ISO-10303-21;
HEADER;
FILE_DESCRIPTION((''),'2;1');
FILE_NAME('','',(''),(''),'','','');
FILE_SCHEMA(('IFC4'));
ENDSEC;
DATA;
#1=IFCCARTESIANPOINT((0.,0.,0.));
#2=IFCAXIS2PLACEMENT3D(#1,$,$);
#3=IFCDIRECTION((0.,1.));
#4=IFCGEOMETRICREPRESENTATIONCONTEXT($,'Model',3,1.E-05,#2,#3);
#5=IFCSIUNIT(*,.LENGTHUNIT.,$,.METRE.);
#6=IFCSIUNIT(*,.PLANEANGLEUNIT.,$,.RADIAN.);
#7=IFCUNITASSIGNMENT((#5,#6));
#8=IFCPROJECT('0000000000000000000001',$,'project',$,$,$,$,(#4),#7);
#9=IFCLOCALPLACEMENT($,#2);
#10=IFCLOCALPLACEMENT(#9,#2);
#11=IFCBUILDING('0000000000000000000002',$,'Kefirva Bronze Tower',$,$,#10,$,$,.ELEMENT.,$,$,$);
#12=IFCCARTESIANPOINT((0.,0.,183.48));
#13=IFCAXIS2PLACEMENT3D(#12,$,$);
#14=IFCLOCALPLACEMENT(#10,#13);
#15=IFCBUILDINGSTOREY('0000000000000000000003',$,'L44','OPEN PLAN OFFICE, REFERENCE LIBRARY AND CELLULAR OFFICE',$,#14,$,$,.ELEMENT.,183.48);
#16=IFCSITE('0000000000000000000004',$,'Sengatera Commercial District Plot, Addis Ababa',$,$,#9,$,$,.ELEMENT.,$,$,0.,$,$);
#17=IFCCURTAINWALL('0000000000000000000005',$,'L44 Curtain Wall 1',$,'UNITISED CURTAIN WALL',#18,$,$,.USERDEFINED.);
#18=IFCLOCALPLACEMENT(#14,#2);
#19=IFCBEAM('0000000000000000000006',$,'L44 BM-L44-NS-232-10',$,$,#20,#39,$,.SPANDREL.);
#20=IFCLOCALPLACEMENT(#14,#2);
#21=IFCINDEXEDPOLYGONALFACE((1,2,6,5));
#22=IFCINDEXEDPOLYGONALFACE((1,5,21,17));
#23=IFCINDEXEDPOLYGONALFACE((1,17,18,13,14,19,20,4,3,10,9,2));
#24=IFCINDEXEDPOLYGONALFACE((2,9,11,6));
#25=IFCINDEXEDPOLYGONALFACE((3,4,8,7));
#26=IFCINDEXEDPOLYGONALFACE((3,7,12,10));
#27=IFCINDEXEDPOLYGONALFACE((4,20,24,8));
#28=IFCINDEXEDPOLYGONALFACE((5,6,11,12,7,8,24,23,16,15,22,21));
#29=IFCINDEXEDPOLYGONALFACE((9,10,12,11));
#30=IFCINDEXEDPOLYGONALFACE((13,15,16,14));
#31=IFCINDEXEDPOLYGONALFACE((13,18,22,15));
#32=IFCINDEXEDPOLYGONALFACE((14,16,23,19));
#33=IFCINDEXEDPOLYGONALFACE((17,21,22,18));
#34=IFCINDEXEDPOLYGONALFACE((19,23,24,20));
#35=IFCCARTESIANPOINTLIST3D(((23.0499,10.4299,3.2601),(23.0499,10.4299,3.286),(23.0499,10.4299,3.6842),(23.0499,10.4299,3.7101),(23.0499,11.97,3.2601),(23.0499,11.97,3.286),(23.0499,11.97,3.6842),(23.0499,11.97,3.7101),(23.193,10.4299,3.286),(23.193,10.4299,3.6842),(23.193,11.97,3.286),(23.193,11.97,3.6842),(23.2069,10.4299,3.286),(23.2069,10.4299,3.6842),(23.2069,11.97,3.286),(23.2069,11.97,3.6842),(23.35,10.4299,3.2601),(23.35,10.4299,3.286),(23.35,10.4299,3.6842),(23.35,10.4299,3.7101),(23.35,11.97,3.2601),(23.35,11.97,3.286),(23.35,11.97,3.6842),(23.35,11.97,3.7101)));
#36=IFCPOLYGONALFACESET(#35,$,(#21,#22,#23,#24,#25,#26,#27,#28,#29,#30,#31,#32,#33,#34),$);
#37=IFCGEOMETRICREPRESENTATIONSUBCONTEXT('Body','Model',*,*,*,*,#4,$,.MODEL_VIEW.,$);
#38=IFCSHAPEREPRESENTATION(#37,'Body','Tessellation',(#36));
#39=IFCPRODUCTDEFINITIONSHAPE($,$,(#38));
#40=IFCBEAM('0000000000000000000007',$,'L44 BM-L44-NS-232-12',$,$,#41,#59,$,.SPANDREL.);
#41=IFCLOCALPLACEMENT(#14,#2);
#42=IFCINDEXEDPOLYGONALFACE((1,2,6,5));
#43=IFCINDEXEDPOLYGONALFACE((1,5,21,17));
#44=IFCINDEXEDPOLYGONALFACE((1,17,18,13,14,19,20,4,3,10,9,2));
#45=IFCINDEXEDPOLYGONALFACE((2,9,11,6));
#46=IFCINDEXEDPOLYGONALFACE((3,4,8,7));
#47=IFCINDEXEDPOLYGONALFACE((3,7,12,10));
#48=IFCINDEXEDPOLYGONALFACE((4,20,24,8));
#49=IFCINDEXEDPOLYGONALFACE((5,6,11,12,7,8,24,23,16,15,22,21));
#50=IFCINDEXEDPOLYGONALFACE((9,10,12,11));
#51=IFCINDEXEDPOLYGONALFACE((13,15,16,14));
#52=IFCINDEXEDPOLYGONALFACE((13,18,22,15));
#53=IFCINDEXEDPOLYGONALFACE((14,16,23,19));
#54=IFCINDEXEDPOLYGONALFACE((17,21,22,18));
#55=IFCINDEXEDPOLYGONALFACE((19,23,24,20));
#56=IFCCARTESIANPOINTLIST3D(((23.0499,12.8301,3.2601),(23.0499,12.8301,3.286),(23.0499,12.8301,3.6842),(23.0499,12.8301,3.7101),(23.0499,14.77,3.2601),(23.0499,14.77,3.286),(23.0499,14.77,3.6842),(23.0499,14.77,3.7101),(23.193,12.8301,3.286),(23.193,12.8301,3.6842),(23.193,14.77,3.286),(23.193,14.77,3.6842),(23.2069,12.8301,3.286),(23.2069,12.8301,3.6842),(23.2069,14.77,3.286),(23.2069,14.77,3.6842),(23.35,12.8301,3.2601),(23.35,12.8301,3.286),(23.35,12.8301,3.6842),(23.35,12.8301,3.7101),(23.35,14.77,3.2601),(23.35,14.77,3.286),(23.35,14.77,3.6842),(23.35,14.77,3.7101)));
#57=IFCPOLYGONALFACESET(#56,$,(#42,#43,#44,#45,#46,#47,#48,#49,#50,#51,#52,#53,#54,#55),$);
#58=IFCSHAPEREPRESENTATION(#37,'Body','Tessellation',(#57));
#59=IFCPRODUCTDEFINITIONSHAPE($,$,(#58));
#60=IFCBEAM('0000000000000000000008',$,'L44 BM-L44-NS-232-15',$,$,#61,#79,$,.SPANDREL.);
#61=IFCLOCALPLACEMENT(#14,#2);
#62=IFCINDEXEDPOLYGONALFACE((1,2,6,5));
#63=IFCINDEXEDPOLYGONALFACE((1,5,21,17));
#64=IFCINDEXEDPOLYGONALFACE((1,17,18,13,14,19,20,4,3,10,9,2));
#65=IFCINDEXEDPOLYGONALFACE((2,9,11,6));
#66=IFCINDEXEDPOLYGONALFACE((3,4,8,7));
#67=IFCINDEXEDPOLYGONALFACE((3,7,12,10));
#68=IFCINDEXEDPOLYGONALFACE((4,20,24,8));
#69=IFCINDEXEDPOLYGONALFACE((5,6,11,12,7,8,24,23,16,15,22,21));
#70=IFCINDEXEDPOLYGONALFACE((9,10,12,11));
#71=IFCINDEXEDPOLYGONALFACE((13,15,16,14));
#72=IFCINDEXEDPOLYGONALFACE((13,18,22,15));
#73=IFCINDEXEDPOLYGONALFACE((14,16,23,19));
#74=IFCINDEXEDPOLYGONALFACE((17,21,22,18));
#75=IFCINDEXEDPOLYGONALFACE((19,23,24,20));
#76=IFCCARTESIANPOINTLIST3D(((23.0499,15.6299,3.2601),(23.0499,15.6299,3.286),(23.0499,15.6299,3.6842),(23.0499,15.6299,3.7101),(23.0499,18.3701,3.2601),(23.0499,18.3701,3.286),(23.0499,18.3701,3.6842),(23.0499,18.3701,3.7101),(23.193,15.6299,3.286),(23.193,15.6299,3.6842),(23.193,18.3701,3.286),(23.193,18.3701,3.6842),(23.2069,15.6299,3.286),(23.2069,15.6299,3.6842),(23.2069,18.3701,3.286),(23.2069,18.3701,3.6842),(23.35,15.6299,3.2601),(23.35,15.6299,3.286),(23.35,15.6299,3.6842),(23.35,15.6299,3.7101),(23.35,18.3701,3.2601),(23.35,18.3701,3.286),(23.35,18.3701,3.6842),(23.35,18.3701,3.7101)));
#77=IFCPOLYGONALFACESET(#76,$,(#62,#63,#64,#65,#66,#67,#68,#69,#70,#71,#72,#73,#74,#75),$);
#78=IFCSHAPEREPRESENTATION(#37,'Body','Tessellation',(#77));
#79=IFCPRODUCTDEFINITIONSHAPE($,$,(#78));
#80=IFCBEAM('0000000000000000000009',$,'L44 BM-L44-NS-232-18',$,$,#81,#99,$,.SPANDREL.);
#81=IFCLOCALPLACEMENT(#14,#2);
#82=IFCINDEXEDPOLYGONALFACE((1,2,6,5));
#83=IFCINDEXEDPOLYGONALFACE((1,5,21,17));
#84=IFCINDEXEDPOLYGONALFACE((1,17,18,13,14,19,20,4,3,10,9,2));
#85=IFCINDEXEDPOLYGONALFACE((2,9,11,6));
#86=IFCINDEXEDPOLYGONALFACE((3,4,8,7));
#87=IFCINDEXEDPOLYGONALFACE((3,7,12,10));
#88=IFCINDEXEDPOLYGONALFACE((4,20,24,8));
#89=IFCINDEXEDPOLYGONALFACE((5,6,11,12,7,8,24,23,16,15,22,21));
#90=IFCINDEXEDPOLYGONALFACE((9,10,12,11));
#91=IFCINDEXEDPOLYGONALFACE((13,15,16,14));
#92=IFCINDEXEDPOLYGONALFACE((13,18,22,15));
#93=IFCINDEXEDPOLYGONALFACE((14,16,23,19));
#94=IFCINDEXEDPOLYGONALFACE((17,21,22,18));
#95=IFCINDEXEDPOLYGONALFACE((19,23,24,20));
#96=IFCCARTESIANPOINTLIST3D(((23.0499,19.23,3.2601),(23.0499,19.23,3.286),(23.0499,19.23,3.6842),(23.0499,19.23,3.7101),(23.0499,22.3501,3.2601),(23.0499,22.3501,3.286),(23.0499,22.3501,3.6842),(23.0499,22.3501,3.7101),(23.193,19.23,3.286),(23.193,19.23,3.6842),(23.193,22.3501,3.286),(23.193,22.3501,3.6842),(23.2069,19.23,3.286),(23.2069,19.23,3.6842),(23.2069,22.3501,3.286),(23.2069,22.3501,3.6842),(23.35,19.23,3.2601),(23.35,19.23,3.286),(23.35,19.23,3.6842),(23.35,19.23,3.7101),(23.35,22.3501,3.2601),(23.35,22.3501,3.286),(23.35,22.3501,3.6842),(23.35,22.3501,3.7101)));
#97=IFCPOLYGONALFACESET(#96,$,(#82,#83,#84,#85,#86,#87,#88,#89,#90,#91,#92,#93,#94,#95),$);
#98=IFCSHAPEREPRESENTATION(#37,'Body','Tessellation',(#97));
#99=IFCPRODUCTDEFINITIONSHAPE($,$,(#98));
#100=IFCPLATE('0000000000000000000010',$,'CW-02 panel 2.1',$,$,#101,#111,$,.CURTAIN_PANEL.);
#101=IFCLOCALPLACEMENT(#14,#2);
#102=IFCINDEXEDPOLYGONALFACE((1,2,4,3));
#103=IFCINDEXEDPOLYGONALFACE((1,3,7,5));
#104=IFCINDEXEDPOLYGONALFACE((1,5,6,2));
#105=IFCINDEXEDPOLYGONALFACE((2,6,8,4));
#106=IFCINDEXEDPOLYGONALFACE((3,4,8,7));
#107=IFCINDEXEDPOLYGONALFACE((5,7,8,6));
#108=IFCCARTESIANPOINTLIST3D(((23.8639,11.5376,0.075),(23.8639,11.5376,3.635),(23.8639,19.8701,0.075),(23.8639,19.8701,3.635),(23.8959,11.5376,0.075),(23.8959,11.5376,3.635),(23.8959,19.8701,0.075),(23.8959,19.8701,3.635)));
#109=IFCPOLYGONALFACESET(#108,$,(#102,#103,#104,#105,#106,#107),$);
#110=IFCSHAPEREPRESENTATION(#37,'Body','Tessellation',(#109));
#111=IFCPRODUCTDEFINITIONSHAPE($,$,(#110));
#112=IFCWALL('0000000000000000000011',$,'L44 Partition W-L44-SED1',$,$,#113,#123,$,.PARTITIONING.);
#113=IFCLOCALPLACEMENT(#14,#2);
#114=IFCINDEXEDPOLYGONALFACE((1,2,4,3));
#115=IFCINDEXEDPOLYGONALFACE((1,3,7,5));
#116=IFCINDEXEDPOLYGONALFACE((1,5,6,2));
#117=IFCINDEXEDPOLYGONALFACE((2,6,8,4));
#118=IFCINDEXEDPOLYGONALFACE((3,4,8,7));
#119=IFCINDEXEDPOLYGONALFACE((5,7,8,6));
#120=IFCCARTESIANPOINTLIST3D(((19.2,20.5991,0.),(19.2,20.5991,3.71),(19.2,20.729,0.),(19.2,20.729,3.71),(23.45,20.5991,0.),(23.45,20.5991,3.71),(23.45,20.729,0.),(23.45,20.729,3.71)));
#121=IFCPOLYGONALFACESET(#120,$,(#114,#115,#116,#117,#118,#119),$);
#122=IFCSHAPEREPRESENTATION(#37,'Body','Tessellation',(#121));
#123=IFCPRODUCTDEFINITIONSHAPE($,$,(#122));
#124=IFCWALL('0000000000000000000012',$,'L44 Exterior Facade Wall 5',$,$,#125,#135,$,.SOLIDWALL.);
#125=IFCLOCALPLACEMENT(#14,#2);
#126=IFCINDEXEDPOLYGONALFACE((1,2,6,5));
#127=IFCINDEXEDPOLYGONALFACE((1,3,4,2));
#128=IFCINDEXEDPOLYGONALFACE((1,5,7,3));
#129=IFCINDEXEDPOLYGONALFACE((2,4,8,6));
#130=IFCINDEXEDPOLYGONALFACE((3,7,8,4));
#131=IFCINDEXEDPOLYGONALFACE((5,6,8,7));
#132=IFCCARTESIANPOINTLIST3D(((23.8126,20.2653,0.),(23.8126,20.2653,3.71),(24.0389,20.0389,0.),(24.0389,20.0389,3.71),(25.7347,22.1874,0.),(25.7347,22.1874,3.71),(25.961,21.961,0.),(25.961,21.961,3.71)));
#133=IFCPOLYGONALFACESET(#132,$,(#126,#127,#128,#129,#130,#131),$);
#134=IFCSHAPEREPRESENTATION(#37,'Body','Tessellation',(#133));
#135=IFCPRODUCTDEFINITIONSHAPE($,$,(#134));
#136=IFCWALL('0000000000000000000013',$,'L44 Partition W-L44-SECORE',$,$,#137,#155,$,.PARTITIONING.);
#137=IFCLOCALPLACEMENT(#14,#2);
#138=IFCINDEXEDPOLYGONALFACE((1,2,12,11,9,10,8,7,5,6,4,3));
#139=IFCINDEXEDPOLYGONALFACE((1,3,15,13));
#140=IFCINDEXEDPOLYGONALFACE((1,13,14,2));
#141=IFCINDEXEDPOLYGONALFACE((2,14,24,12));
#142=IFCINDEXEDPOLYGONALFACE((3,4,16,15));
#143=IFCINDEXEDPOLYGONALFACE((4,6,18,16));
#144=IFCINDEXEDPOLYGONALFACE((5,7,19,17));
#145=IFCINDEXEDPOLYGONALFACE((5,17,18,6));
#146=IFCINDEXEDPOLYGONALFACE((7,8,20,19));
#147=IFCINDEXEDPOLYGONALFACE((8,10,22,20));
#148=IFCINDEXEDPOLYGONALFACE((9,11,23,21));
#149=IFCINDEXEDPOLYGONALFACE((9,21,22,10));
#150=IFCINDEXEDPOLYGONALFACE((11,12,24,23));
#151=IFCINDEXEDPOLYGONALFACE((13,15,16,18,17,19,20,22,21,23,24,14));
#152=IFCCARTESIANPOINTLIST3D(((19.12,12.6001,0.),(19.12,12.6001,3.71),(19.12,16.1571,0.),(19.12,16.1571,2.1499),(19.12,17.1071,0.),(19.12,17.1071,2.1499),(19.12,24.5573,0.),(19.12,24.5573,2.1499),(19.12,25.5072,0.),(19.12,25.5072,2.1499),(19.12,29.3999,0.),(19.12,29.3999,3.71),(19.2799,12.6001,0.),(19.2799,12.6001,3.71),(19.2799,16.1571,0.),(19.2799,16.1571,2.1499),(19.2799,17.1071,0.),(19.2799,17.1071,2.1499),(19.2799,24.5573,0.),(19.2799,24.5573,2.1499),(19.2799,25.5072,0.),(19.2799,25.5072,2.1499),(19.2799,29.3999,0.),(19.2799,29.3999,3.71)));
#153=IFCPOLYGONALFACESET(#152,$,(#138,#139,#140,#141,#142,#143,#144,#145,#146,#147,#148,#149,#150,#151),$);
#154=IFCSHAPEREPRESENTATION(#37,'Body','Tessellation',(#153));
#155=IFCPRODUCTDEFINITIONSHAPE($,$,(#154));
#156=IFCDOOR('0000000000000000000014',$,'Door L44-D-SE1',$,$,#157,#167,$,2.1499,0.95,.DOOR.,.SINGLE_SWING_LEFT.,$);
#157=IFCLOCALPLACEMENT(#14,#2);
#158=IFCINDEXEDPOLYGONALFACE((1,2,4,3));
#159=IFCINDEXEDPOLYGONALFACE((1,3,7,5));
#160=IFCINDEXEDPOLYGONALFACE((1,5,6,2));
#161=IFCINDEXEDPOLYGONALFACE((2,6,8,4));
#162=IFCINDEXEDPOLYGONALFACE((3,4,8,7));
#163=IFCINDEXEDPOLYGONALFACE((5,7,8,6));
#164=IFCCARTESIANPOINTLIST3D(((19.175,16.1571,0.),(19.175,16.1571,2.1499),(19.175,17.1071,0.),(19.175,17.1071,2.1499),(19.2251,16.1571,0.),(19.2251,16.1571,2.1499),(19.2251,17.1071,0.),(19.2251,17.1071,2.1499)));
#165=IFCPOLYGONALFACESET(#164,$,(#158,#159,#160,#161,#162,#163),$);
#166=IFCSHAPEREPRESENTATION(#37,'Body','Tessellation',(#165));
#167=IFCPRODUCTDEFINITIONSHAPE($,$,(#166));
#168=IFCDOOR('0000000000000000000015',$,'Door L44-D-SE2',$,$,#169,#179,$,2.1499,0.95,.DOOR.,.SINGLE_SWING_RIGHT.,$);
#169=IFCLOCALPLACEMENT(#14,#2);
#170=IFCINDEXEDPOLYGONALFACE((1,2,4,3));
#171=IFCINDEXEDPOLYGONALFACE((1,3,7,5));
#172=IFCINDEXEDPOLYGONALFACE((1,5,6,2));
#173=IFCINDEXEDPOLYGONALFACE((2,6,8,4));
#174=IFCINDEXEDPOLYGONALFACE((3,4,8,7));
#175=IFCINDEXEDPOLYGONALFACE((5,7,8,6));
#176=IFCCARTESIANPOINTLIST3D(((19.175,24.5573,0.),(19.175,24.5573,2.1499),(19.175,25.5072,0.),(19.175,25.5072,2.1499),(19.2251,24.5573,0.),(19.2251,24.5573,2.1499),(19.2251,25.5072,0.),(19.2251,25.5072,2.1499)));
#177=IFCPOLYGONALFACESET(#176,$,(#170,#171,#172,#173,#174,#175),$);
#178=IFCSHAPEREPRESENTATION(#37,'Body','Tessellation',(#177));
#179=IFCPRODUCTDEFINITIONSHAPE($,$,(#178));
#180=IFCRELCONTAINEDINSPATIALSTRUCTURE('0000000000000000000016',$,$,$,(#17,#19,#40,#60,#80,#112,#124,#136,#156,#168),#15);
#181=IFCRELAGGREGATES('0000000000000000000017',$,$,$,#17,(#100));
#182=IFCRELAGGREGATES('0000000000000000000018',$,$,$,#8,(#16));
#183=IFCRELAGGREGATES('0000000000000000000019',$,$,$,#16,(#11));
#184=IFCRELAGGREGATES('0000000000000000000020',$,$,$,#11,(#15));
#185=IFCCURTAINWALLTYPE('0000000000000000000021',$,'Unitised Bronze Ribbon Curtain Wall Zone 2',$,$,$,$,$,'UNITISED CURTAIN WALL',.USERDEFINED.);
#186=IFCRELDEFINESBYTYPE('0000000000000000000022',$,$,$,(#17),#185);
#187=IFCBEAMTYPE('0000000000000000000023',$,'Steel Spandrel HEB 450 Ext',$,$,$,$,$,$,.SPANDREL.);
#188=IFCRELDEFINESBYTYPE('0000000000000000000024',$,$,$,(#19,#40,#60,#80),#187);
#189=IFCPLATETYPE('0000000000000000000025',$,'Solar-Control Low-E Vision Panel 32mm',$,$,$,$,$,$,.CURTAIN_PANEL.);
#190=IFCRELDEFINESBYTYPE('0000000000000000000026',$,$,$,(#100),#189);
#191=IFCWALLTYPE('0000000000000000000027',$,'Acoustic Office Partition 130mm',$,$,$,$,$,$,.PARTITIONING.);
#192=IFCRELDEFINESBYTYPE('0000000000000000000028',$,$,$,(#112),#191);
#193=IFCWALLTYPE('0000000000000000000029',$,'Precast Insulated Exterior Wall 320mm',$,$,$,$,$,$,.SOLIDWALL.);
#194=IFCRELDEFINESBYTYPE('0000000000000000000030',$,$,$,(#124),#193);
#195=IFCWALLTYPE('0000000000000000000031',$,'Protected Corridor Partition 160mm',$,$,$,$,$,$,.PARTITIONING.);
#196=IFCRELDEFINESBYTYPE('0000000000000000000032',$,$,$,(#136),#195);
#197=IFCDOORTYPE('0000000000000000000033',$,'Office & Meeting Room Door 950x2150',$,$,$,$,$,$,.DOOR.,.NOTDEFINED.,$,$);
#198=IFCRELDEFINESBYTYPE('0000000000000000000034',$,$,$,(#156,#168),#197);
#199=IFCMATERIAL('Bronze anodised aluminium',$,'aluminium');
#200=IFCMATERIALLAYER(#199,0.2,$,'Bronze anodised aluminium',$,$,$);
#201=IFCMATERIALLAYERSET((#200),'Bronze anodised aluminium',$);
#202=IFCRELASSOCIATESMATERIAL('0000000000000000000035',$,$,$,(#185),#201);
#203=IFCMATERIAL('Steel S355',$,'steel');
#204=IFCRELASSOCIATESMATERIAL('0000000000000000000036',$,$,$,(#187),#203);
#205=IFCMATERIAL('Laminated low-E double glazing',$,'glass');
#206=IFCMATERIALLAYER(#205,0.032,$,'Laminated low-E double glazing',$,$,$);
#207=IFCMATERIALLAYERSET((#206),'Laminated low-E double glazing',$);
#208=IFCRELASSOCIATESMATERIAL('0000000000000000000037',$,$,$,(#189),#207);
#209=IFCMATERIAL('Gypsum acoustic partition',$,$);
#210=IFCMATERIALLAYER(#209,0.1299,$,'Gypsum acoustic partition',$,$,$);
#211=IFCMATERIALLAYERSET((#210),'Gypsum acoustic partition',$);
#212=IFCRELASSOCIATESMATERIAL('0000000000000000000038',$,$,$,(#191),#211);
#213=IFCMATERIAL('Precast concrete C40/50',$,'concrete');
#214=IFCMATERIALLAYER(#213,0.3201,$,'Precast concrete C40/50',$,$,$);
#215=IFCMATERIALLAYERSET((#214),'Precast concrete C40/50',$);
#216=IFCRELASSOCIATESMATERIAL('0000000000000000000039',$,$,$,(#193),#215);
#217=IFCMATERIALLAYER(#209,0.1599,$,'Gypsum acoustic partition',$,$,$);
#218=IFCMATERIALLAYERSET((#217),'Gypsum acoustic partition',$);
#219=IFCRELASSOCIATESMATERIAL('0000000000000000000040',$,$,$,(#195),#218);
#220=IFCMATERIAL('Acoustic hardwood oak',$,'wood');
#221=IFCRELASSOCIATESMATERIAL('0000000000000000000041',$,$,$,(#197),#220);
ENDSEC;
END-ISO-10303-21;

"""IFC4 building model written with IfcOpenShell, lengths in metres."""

from ifc_helpers import new_model, si_unit, direction, frame, frame_2d, origin, origin_2d, place, context, subcontext, project, spatial, rectangle, i_section, extrude, material, layer, layer_set, material_profile, profile_set, type_object, element, fill, aggregate, save


model = new_model("IFC4")

# Units and contexts
model_context = context("Model", 3, precision=1e-05, world=origin(), true_north=direction((0.0, 1.0)))
body_context = subcontext(model_context, "Body", "Model", "MODEL_VIEW")
ifc_project = project(units=[si_unit("LENGTHUNIT", "METRE"), si_unit("PLANEANGLEUNIT", "RADIAN")], contexts=[model_context])

# Site, building, storey
site_placement = place(None, origin())
site = spatial("IfcSite", under=ifc_project, at=site_placement, Name="Sengatera Commercial District Plot, Addis Ababa", CompositionType="ELEMENT", RefElevation=0.0)
building_placement = place(site_placement, origin())
building = spatial("IfcBuilding", under=site, at=building_placement, Name="Kefirva Bronze Tower", CompositionType="ELEMENT")
storey_placement = place(building_placement, frame((0.0, 0.0, 183.48)))
storey = spatial("IfcBuildingStorey", under=building, at=storey_placement, Name="L44", Description="OPEN PLAN OFFICE, REFERENCE LIBRARY AND CELLULAR OFFICE", CompositionType="ELEMENT", Elevation=183.48)

# Curtain wall
ifc_material_1 = material(Name="Bronze anodised aluminium", Category="aluminium")
ifc_layer_1 = layer(ifc_material_1, 0.2, Name="Bronze anodised aluminium")
ifc_layer_set_1 = layer_set([ifc_layer_1], Name="Bronze anodised aluminium")
curtain_wall_type = type_object("IfcCurtainWallType", Name="Unitised Bronze Ribbon Curtain Wall Zone 2", ElementType="UNITISED CURTAIN WALL", PredefinedType="USERDEFINED", material=ifc_layer_set_1)
curtain_wall_placement = place(storey_placement, origin())
curtain_wall = element("IfcCurtainWall", 1, at=curtain_wall_placement, inside=storey, type_object=curtain_wall_type, Name="L44 Curtain Wall 1", ObjectType="UNITISED CURTAIN WALL", PredefinedType="USERDEFINED")

# Beams
ifc_material_2 = material(Name="Steel S355", Category="steel")
ifc_material_profile_1 = material_profile(ifc_material_2, i_section(OverallWidth=0.3, OverallDepth=0.45, WebThickness=0.0139, FlangeThickness=0.0259, at=origin_2d()), Name="HEB 450")
ifc_profile_set_1 = profile_set([ifc_material_profile_1], Name="Steel S355")
beam_type_1 = type_object("IfcBeamType", Name="Steel Spandrel HEB 450 Ext", PredefinedType="SPANDREL", material=ifc_profile_set_1)
beam_1_placement = place(storey_placement, frame((23.2, 10.4299, 3.4851), z_axis=(0.0, 1.0, 0.0), x_axis=(-1.0, 0.0, 0.0)))
element("IfcBeam", 2, at=beam_1_placement, inside=storey, type_object=beam_type_1, Name="L44 BM-L44-NS-232-10", PredefinedType="SPANDREL", context=body_context, shape_type="SweptSolid", body=[
    extrude(i_section(OverallWidth=0.3, OverallDepth=0.45, WebThickness=0.0139, FlangeThickness=0.0259, at=origin_2d()), origin(), (0.0, 0.0, 1.0), 1.54),
])
beam_2_placement = place(storey_placement, frame((23.2, 12.8301, 3.4851), z_axis=(0.0, 1.0, 0.0), x_axis=(-1.0, 0.0, 0.0)))
element("IfcBeam", 3, at=beam_2_placement, inside=storey, type_object=beam_type_1, Name="L44 BM-L44-NS-232-12", PredefinedType="SPANDREL", context=body_context, shape_type="SweptSolid", body=[
    extrude(i_section(OverallWidth=0.3, OverallDepth=0.45, WebThickness=0.0139, FlangeThickness=0.0259, at=origin_2d()), origin(), (0.0, 0.0, 1.0), 1.9399),
])
beam_3_placement = place(storey_placement, frame((23.2, 15.6299, 3.4851), z_axis=(0.0, 1.0, 0.0), x_axis=(-1.0, 0.0, 0.0)))
element("IfcBeam", 4, at=beam_3_placement, inside=storey, type_object=beam_type_1, Name="L44 BM-L44-NS-232-15", PredefinedType="SPANDREL", context=body_context, shape_type="SweptSolid", body=[
    extrude(i_section(OverallWidth=0.3, OverallDepth=0.45, WebThickness=0.0139, FlangeThickness=0.0259, at=origin_2d()), origin(), (0.0, 0.0, 1.0), 2.7402),
])
beam_4_placement = place(storey_placement, frame((23.2, 19.23, 3.4851), z_axis=(0.0, 1.0, 0.0), x_axis=(-1.0, 0.0, 0.0)))
element("IfcBeam", 5, at=beam_4_placement, inside=storey, type_object=beam_type_1, Name="L44 BM-L44-NS-232-18", PredefinedType="SPANDREL", context=body_context, shape_type="SweptSolid", body=[
    extrude(i_section(OverallWidth=0.3, OverallDepth=0.45, WebThickness=0.0139, FlangeThickness=0.0259, at=origin_2d()), origin(), (0.0, 0.0, 1.0), 3.1201),
])

# Plate
ifc_material_3 = material(Name="Laminated low-E double glazing", Category="glass")
ifc_layer_2 = layer(ifc_material_3, 0.032, Name="Laminated low-E double glazing")
ifc_layer_set_2 = layer_set([ifc_layer_2], Name="Laminated low-E double glazing")
plate_type = type_object("IfcPlateType", Name="Solar-Control Low-E Vision Panel 32mm", PredefinedType="CURTAIN_PANEL", material=ifc_layer_set_2)
plate_placement = place(storey_placement, frame((23.8799, 15.7039, 0.075), z_axis=(0.0, 0.0, 1.0), x_axis=(0.0, 1.0, 0.0)))
plate = element("IfcPlate", 6, at=plate_placement, type_object=plate_type, Name="CW-02 panel 2.1", PredefinedType="CURTAIN_PANEL", context=body_context, shape_type="SweptSolid", body=[
    extrude(rectangle(XDim=8.3325, YDim=0.032, at=origin_2d()), origin(), (0.0, 0.0, 1.0), 3.5601),
])
aggregate(curtain_wall, [plate])

# Walls
ifc_material_4 = material(Name="Gypsum acoustic partition")
ifc_layer_3 = layer(ifc_material_4, 0.1299, Name="Gypsum acoustic partition")
ifc_layer_set_3 = layer_set([ifc_layer_3], Name="Gypsum acoustic partition")
wall_type_1 = type_object("IfcWallType", Name="Acoustic Office Partition 130mm", PredefinedType="PARTITIONING", material=ifc_layer_set_3)
wall_1_placement = place(storey_placement, frame((19.2, 20.6641, 0.0), z_axis=(0.0, 0.0, 1.0), x_axis=(1.0, 0.0, 0.0)))
element("IfcWall", 7, at=wall_1_placement, inside=storey, type_object=wall_type_1, Name="L44 Partition W-L44-SED1", PredefinedType="PARTITIONING", context=body_context, shape_type="SweptSolid", body=[
    extrude(rectangle(XDim=4.25, YDim=0.1299, at=frame_2d((2.125, 0.0))), origin(), (0.0, 0.0, 1.0), 3.71),
])
ifc_material_5 = material(Name="Precast concrete C40/50", Category="concrete")
ifc_layer_4 = layer(ifc_material_5, 0.3201, Name="Precast concrete C40/50")
ifc_layer_set_4 = layer_set([ifc_layer_4], Name="Precast concrete C40/50")
wall_type_2 = type_object("IfcWallType", Name="Precast Insulated Exterior Wall 320mm", PredefinedType="SOLIDWALL", material=ifc_layer_set_4)
wall_2_placement = place(storey_placement, frame((23.9258, 20.1521, 0.0), z_axis=(0.0, 0.0, 1.0), x_axis=(0.707107, 0.707107, 0.0)))
element("IfcWall", 8, at=wall_2_placement, inside=storey, type_object=wall_type_2, Name="L44 Exterior Facade Wall 5", PredefinedType="SOLIDWALL", context=body_context, shape_type="SweptSolid", body=[
    extrude(rectangle(XDim=2.7183, YDim=0.3201, at=frame_2d((1.3591, 0.0))), origin(), (0.0, 0.0, 1.0), 3.71),
])

# Wall, openings, doors
ifc_layer_5 = layer(ifc_material_4, 0.1599, Name="Gypsum acoustic partition")
ifc_layer_set_5 = layer_set([ifc_layer_5], Name="Gypsum acoustic partition")
wall_type_3 = type_object("IfcWallType", Name="Protected Corridor Partition 160mm", PredefinedType="PARTITIONING", material=ifc_layer_set_5)
wall_3_placement = place(storey_placement, frame((19.2, 12.6001, 0.0), z_axis=(0.0, 0.0, 1.0), x_axis=(0.0, 1.0, 0.0)))
wall_3 = element("IfcWall", 9, at=wall_3_placement, inside=storey, type_object=wall_type_3, Name="L44 Partition W-L44-SECORE", PredefinedType="PARTITIONING", context=body_context, shape_type="SweptSolid", body=[
    extrude(rectangle(XDim=16.7998, YDim=0.1599, at=frame_2d((8.3999, 0.0))), origin(), (0.0, 0.0, 1.0), 3.71),
])
opening_1_placement = place(wall_3_placement, frame((3.5569, 0.0, 0.0)))
opening_1 = element("IfcOpeningElement", 10, at=opening_1_placement, cuts=wall_3, PredefinedType="OPENING", context=body_context, shape_type="SweptSolid", body=[
    extrude(rectangle(XDim=0.95, YDim=2.1499, at=frame_2d((0.4751, 1.075))), frame((0.0, 0.0898, 0.0), z_axis=(0.0, -1.0, 0.0), x_axis=(1.0, 0.0, 0.0)), (0.0, 0.0, 1.0), 0.1799),
])
opening_2_placement = place(wall_3_placement, frame((11.957, 0.0, 0.0)))
opening_2 = element("IfcOpeningElement", 11, at=opening_2_placement, cuts=wall_3, PredefinedType="OPENING", context=body_context, shape_type="SweptSolid", body=[
    extrude(rectangle(XDim=0.95, YDim=2.1499, at=frame_2d((0.4751, 1.075))), frame((0.0, 0.0898, 0.0), z_axis=(0.0, -1.0, 0.0), x_axis=(1.0, 0.0, 0.0)), (0.0, 0.0, 1.0), 0.1799),
])
ifc_material_6 = material(Name="Acoustic hardwood oak", Category="wood")
door_type = type_object("IfcDoorType", Name="Office & Meeting Room Door 950x2150", OperationType="NOTDEFINED", PredefinedType="DOOR", material=ifc_material_6)
door_1_placement = place(opening_1_placement, origin())
door_1 = element("IfcDoor", 12, at=door_1_placement, inside=storey, type_object=door_type, Name="Door L44-D-SE1", OperationType="SINGLE_SWING_LEFT", OverallHeight=2.1499, OverallWidth=0.95, PredefinedType="DOOR", context=body_context, shape_type="SweptSolid", body=[
    extrude(rectangle(XDim=0.95, YDim=2.1499, at=frame_2d((0.4751, 1.075))), frame((0.0, 0.0249, 0.0), z_axis=(0.0, -1.0, 0.0), x_axis=(1.0, 0.0, 0.0)), (0.0, 0.0, 1.0), 0.05),
])
fill(opening_1, door_1)
door_2_placement = place(opening_2_placement, origin())
door_2 = element("IfcDoor", 13, at=door_2_placement, inside=storey, type_object=door_type, Name="Door L44-D-SE2", OperationType="SINGLE_SWING_RIGHT", OverallHeight=2.1499, OverallWidth=0.95, PredefinedType="DOOR", context=body_context, shape_type="SweptSolid", body=[
    extrude(rectangle(XDim=0.95, YDim=2.1499, at=frame_2d((0.4751, 1.075))), frame((0.0, 0.0249, 0.0), z_axis=(0.0, -1.0, 0.0), x_axis=(1.0, 0.0, 0.0)), (0.0, 0.0, 1.0), 0.05),
])
fill(opening_2, door_2)

save(model, "model.ifc")
